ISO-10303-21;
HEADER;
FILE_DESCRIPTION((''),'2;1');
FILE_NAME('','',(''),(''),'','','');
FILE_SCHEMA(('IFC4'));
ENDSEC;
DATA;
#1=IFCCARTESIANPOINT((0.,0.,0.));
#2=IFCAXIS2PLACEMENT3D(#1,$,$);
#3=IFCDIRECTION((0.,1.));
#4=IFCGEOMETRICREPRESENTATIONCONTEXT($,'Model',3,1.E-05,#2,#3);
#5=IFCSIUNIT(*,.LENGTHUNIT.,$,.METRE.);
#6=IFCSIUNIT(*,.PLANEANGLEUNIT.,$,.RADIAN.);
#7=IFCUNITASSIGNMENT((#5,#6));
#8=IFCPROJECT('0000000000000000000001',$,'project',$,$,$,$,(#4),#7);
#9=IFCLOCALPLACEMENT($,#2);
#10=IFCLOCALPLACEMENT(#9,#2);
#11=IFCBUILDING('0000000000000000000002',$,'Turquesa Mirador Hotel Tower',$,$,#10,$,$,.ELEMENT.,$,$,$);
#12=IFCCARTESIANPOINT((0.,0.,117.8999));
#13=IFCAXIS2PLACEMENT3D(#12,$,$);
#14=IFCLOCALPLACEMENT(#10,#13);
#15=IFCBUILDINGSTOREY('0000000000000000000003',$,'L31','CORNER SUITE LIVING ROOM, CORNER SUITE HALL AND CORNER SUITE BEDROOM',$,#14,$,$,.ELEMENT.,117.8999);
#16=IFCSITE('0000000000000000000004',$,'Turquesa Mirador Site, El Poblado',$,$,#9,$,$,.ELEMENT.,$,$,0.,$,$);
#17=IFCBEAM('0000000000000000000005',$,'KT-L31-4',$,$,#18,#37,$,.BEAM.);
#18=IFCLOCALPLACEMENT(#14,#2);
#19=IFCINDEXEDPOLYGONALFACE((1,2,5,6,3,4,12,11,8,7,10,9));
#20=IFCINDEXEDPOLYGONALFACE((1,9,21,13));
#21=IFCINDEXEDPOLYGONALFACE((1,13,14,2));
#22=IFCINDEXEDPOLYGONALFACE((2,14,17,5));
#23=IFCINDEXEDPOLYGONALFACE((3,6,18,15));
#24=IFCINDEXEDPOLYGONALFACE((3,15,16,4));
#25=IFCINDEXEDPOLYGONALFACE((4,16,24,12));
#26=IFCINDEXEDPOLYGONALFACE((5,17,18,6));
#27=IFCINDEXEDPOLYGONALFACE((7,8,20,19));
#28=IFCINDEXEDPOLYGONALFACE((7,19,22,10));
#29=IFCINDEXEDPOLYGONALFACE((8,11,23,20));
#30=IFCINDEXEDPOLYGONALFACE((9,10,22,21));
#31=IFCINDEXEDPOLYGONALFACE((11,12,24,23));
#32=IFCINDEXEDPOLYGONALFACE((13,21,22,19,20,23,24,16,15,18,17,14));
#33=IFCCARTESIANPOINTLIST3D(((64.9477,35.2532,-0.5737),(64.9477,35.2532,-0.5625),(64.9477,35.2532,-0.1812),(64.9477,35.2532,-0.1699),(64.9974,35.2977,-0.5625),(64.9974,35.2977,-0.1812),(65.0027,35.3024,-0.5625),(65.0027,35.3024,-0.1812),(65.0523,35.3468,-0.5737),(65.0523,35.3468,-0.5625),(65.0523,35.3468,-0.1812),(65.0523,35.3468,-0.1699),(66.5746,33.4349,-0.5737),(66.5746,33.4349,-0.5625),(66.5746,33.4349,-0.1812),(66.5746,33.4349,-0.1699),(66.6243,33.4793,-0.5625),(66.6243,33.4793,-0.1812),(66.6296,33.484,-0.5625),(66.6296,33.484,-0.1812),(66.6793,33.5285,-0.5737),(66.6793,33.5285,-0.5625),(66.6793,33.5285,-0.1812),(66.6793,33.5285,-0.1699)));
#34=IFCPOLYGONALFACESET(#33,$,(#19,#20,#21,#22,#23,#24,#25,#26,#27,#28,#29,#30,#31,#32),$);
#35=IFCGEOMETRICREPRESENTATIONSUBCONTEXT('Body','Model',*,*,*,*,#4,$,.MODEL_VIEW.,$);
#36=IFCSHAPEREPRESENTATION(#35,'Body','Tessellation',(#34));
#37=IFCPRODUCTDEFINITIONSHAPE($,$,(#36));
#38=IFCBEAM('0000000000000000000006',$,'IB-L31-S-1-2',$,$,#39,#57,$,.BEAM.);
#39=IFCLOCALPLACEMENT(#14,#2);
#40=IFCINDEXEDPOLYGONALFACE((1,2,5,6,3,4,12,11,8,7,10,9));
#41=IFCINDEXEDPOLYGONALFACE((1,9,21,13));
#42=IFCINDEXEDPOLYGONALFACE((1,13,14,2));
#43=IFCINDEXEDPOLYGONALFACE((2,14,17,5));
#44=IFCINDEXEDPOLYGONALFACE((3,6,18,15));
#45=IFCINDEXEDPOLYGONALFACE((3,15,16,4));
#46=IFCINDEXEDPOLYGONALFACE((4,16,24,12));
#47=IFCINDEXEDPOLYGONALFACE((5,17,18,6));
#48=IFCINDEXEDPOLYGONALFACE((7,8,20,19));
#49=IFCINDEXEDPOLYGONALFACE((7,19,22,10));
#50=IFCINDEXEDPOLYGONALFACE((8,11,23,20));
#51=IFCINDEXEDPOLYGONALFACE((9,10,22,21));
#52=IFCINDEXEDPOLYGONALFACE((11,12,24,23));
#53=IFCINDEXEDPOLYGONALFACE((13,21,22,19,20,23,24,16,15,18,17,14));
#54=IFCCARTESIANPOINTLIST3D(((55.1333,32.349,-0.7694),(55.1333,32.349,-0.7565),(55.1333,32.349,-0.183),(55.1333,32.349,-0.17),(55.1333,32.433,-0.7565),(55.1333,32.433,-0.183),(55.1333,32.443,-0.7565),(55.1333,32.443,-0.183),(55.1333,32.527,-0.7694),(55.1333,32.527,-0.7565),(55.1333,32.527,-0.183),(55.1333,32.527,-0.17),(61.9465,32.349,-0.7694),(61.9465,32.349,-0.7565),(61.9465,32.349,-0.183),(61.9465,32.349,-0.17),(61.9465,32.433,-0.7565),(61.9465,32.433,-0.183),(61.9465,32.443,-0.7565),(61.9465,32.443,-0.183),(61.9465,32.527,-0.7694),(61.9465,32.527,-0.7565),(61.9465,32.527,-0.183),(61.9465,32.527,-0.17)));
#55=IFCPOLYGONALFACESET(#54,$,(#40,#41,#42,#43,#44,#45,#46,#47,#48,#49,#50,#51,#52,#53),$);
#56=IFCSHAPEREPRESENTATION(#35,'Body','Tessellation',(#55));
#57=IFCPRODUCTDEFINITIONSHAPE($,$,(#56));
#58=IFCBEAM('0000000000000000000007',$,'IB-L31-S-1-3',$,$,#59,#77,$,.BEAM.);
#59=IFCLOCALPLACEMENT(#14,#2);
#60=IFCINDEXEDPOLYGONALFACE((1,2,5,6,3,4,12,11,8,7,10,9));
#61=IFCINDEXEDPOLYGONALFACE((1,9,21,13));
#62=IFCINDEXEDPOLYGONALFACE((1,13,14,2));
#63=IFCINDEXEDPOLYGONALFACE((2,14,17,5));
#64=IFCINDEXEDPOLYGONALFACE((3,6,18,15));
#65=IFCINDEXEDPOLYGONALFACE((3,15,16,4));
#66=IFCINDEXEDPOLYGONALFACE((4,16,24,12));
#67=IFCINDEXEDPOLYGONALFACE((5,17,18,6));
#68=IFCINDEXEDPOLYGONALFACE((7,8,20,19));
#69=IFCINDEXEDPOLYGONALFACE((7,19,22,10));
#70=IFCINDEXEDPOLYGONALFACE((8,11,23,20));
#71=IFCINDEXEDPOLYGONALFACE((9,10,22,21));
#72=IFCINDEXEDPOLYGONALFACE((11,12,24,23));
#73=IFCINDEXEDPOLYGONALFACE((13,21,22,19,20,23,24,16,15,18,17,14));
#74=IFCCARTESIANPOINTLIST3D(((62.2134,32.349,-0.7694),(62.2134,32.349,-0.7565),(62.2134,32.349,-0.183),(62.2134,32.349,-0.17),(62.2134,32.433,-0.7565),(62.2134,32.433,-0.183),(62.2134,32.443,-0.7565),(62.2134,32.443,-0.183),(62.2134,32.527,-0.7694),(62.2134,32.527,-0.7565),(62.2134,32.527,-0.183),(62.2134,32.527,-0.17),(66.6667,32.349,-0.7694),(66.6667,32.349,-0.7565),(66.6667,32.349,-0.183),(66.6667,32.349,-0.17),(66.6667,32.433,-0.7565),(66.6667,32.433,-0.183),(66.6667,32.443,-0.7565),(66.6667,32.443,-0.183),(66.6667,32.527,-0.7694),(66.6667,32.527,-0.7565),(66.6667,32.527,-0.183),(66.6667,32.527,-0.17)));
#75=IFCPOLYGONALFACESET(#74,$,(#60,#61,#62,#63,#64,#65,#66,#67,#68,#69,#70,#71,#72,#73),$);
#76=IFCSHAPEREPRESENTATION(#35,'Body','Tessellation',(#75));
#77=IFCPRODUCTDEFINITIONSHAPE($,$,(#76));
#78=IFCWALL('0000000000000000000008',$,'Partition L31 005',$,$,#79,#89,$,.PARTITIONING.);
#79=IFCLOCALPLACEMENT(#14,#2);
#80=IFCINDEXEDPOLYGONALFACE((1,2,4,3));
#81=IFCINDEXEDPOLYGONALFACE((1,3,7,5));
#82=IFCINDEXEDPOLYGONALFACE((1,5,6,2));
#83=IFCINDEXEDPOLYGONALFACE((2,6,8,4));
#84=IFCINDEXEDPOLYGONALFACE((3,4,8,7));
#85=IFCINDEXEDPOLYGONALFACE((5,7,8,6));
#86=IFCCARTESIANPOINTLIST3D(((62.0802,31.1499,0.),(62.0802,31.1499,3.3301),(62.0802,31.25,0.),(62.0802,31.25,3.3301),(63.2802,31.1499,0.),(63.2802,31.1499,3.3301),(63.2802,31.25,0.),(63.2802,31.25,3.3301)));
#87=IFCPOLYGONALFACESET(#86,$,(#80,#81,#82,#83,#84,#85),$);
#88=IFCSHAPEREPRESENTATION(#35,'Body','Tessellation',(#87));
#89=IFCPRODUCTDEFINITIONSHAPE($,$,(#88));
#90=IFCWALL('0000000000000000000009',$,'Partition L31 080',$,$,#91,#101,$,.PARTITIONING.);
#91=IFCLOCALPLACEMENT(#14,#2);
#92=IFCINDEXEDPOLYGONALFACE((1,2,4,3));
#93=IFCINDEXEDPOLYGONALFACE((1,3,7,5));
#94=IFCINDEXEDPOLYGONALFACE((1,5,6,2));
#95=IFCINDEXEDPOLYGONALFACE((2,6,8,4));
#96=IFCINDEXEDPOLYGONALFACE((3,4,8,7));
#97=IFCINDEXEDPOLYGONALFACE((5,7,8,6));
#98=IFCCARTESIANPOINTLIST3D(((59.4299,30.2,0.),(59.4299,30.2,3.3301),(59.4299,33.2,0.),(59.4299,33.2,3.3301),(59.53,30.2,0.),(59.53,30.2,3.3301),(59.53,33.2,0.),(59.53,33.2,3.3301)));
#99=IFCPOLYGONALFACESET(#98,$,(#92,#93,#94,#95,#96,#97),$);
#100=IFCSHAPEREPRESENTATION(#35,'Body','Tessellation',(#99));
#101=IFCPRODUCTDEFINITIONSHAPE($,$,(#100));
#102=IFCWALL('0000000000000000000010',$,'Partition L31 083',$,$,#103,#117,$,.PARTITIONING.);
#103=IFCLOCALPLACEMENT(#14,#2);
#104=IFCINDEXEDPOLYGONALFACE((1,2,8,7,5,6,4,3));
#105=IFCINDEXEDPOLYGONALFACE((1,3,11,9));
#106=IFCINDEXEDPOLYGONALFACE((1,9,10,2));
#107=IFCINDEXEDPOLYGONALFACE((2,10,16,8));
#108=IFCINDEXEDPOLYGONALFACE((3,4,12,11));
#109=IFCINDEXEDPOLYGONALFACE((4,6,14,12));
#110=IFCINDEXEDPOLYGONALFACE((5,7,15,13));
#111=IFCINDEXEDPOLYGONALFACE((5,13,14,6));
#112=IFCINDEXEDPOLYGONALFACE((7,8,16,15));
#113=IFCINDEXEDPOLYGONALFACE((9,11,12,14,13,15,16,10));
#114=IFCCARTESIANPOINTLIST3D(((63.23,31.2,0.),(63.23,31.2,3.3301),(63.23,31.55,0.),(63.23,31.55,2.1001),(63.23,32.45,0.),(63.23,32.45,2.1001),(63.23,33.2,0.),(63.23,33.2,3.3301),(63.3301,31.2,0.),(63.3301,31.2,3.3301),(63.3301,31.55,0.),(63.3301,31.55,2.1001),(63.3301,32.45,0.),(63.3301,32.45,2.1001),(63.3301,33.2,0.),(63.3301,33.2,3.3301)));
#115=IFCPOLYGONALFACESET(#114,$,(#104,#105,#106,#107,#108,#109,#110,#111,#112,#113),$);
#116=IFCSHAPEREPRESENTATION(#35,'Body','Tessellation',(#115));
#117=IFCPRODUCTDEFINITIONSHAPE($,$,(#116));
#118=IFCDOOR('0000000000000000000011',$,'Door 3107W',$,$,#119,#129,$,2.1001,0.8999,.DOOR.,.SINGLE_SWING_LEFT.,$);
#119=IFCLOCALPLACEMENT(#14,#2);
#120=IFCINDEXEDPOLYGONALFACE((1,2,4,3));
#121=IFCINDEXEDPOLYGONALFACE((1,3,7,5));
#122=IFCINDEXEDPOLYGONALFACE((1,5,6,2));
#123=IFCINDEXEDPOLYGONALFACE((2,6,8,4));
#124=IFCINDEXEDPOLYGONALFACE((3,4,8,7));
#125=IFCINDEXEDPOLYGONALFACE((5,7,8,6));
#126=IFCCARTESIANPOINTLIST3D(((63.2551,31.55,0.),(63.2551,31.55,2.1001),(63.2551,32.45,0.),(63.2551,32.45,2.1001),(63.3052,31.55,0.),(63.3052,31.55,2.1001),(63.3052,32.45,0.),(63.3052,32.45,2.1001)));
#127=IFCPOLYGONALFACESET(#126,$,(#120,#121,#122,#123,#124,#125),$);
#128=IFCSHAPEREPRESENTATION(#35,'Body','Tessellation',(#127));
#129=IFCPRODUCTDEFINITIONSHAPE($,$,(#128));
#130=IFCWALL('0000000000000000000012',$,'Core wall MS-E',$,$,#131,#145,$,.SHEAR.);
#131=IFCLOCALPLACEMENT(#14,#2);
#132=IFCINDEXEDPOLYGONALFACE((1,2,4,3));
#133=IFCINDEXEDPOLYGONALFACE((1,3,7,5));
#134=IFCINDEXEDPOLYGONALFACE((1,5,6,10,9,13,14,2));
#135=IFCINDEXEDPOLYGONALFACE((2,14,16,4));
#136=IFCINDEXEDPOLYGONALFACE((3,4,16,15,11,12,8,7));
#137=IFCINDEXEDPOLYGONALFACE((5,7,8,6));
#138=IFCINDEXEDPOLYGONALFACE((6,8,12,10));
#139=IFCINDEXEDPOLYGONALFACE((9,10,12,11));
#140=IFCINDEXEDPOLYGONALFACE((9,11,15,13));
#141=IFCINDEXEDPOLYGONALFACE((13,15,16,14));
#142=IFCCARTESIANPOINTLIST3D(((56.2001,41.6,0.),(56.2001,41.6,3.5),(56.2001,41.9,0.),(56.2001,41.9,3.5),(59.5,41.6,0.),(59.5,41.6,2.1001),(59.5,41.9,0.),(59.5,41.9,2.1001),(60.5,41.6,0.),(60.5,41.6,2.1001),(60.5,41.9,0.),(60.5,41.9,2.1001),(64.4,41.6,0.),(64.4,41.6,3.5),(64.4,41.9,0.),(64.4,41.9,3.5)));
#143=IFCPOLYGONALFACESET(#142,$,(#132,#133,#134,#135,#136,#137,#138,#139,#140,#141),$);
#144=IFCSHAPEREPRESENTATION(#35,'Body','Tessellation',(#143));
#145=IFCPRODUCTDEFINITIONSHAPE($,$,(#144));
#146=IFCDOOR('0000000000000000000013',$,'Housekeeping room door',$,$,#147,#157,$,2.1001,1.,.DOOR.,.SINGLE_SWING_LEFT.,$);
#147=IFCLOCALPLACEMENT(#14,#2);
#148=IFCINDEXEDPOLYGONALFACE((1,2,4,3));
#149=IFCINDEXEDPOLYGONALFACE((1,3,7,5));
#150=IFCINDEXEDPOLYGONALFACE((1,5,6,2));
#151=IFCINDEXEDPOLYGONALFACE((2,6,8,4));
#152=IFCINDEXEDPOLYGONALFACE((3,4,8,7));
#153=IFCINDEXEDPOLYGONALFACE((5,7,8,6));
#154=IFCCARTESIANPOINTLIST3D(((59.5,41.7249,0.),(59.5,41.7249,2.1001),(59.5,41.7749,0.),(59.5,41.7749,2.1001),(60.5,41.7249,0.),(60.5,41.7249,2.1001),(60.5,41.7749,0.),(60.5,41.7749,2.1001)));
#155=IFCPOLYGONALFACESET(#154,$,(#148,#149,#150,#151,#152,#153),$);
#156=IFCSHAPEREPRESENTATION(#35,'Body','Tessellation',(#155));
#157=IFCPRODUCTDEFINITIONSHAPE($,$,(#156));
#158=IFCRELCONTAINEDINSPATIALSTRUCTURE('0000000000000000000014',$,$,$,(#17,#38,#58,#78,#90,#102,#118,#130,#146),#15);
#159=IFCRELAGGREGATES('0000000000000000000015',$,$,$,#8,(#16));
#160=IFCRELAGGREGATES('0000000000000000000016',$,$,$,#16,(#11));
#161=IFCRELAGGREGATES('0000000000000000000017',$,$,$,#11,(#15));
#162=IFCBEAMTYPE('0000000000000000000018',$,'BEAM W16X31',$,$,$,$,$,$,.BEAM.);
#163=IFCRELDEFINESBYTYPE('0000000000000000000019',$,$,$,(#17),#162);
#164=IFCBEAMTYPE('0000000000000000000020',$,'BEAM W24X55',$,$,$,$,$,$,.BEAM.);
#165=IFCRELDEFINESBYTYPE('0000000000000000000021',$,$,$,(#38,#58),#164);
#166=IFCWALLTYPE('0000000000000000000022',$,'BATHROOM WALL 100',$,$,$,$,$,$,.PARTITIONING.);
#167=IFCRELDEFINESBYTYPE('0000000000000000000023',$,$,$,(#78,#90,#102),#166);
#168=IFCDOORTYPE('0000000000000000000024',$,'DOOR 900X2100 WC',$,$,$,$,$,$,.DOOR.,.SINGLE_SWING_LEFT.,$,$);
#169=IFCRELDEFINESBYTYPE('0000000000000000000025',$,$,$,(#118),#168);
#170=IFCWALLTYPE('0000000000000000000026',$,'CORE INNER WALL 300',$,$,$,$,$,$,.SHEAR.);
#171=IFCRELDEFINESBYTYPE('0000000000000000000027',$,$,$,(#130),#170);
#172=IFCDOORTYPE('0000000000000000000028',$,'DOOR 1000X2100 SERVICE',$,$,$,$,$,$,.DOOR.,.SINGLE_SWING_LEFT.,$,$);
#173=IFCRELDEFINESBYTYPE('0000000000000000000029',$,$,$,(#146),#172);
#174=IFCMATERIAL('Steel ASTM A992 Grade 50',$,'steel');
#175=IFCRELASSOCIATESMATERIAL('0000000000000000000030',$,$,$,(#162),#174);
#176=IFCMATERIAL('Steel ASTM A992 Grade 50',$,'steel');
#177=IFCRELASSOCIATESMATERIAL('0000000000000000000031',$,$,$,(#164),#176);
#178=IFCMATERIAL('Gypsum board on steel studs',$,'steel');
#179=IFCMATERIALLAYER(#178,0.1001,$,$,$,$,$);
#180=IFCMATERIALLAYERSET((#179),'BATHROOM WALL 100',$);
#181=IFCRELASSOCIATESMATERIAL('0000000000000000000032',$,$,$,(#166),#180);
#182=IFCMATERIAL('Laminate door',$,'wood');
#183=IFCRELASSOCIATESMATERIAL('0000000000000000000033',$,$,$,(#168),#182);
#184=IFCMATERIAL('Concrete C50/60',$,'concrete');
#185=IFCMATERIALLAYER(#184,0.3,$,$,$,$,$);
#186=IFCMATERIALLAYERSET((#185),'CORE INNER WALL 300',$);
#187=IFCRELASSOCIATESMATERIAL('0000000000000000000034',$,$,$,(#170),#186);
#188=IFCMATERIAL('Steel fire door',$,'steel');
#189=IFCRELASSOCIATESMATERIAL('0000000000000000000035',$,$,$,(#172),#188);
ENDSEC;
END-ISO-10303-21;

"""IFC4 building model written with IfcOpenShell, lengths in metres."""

from ifc_helpers import new_model, si_unit, direction, frame, frame_2d, origin, origin_2d, place, context, subcontext, project, spatial, rectangle, i_section, extrude, material, layer, layer_set, material_profile, profile_set, type_object, element, fill, save


model = new_model("IFC4")

# Units and contexts
model_context = context("Model", 3, precision=1e-05, world=origin(), true_north=direction((0.0, 1.0)))
body_context = subcontext(model_context, "Body", "Model", "MODEL_VIEW")
ifc_project = project(units=[si_unit("LENGTHUNIT", "METRE"), si_unit("PLANEANGLEUNIT", "RADIAN")], contexts=[model_context])

# Site, building, storey
site_placement = place(None, origin())
site = spatial("IfcSite", under=ifc_project, at=site_placement, Name="Turquesa Mirador Site, El Poblado", CompositionType="ELEMENT", RefElevation=0.0)
building_placement = place(site_placement, origin())
building = spatial("IfcBuilding", under=site, at=building_placement, Name="Turquesa Mirador Hotel Tower", CompositionType="ELEMENT")
storey_placement = place(building_placement, frame((0.0, 0.0, 117.8999)))
storey = spatial("IfcBuildingStorey", under=building, at=storey_placement, Name="L31", Description="CORNER SUITE LIVING ROOM, CORNER SUITE HALL AND CORNER SUITE BEDROOM", CompositionType="ELEMENT", Elevation=117.8999)

# Beams
ifc_material_1 = material(Name="Steel ASTM A992 Grade 50", Category="steel")
ifc_material_profile_1 = material_profile(ifc_material_1, i_section(OverallWidth=0.1404, OverallDepth=0.4038, WebThickness=0.0071, FlangeThickness=0.0112, at=origin_2d()), Name="W16X31")
ifc_profile_set_1 = profile_set([ifc_material_profile_1], Name="Steel ASTM A992 Grade 50")
beam_type_1 = type_object("IfcBeamType", Name="BEAM W16X31", PredefinedType="BEAM", material=ifc_profile_set_1)
beam_1_placement = place(storey_placement, frame((66.627, 33.4817, -0.3718), z_axis=(-0.666795, 0.745241, 0.0), x_axis=(-0.745241, -0.666795, 0.0)))
element("IfcBeam", 1, at=beam_1_placement, inside=storey, type_object=beam_type_1, Name="KT-L31-4", PredefinedType="BEAM", context=body_context, shape_type="SweptSolid", body=[
    extrude(i_section(OverallWidth=0.1404, OverallDepth=0.4038, WebThickness=0.0071, FlangeThickness=0.0112, at=origin_2d()), origin(), (0.0, 0.0, 1.0), 2.4399),
])
ifc_material_2 = material(Name="Steel ASTM A992 Grade 50", Category="steel")
ifc_material_profile_2 = material_profile(ifc_material_2, i_section(OverallWidth=0.178, OverallDepth=0.5994, WebThickness=0.01, FlangeThickness=0.0129, at=origin_2d()), Name="W24X55")
ifc_profile_set_2 = profile_set([ifc_material_profile_2], Name="Steel ASTM A992 Grade 50")
beam_type_2 = type_object("IfcBeamType", Name="BEAM W24X55", PredefinedType="BEAM", material=ifc_profile_set_2)
beam_2_placement = place(storey_placement, frame((55.1333, 32.438, -0.4697), z_axis=(1.0, 0.0, 0.0), x_axis=(0.0, 1.0, 0.0)))
element("IfcBeam", 2, at=beam_2_placement, inside=storey, type_object=beam_type_2, Name="IB-L31-S-1-2", PredefinedType="BEAM", context=body_context, shape_type="SweptSolid", body=[
    extrude(i_section(OverallWidth=0.178, OverallDepth=0.5994, WebThickness=0.01, FlangeThickness=0.0129, at=origin_2d()), origin(), (0.0, 0.0, 1.0), 6.8132),
])
beam_3_placement = place(storey_placement, frame((62.2134, 32.438, -0.4697), z_axis=(1.0, 0.0, 0.0), x_axis=(0.0, 1.0, 0.0)))
element("IfcBeam", 3, at=beam_3_placement, inside=storey, type_object=beam_type_2, Name="IB-L31-S-1-3", PredefinedType="BEAM", context=body_context, shape_type="SweptSolid", body=[
    extrude(i_section(OverallWidth=0.178, OverallDepth=0.5994, WebThickness=0.01, FlangeThickness=0.0129, at=origin_2d()), origin(), (0.0, 0.0, 1.0), 4.4534),
])

# Walls
ifc_material_3 = material(Name="Gypsum board on steel studs", Category="steel")
ifc_layer_1 = layer(ifc_material_3, 0.1001)
ifc_layer_set_1 = layer_set([ifc_layer_1], Name="BATHROOM WALL 100")
wall_type_1 = type_object("IfcWallType", Name="BATHROOM WALL 100", PredefinedType="PARTITIONING", material=ifc_layer_set_1)
wall_1_placement = place(storey_placement, frame((62.0801, 31.2, 0.0), z_axis=(0.0, 0.0, 1.0), x_axis=(1.0, 0.0, 0.0)))
element("IfcWall", 4, at=wall_1_placement, inside=storey, type_object=wall_type_1, Name="Partition L31 005", PredefinedType="PARTITIONING", context=body_context, shape_type="SweptSolid", body=[
    extrude(rectangle(XDim=1.2, YDim=0.1001, at=frame_2d((0.6001, 0.0))), origin(), (0.0, 0.0, 1.0), 3.3301),
])
wall_2_placement = place(storey_placement, frame((59.48, 30.2, 0.0), z_axis=(0.0, 0.0, 1.0), x_axis=(0.0, 1.0, 0.0)))
element("IfcWall", 5, at=wall_2_placement, inside=storey, type_object=wall_type_1, Name="Partition L31 080", PredefinedType="PARTITIONING", context=body_context, shape_type="SweptSolid", body=[
    extrude(rectangle(XDim=3.0, YDim=0.1001, at=frame_2d((1.5, 0.0))), origin(), (0.0, 0.0, 1.0), 3.3301),
])

# Walls, openings, doors
wall_3_placement = place(storey_placement, frame((63.28, 31.2, 0.0), z_axis=(0.0, 0.0, 1.0), x_axis=(0.0, 1.0, 0.0)))
wall_3 = element("IfcWall", 6, at=wall_3_placement, inside=storey, type_object=wall_type_1, Name="Partition L31 083", PredefinedType="PARTITIONING", context=body_context, shape_type="SweptSolid", body=[
    extrude(rectangle(XDim=2.0, YDim=0.1001, at=frame_2d((1.0, 0.0))), origin(), (0.0, 0.0, 1.0), 3.3301),
])
opening_1_placement = place(wall_3_placement, frame((0.3501, 0.0, 0.0)))
opening_1 = element("IfcOpeningElement", 7, at=opening_1_placement, cuts=wall_3, PredefinedType="OPENING", context=body_context, shape_type="SweptSolid", body=[
    extrude(rectangle(XDim=0.8999, YDim=2.1001, at=frame_2d((0.45, 1.05))), frame((0.0, 0.0601, 0.0), z_axis=(0.0, -1.0, 0.0), x_axis=(1.0, 0.0, 0.0)), (0.0, 0.0, 1.0), 0.1201),
])
ifc_material_4 = material(Name="Laminate door", Category="wood")
door_type_1 = type_object("IfcDoorType", Name="DOOR 900X2100 WC", OperationType="SINGLE_SWING_LEFT", PredefinedType="DOOR", material=ifc_material_4)
door_1_placement = place(opening_1_placement, origin())
door_1 = element("IfcDoor", 8, at=door_1_placement, inside=storey, type_object=door_type_1, Name="Door 3107W", OperationType="SINGLE_SWING_LEFT", OverallHeight=2.1001, OverallWidth=0.8999, PredefinedType="DOOR", context=body_context, shape_type="SweptSolid", body=[
    extrude(rectangle(XDim=0.8999, YDim=2.1001, at=frame_2d((0.45, 1.05))), frame((0.0, 0.0249, 0.0), z_axis=(0.0, -1.0, 0.0), x_axis=(1.0, 0.0, 0.0)), (0.0, 0.0, 1.0), 0.05),
])
fill(opening_1, door_1)
ifc_material_5 = material(Name="Concrete C50/60", Category="concrete")
ifc_layer_2 = layer(ifc_material_5, 0.3)
ifc_layer_set_2 = layer_set([ifc_layer_2], Name="CORE INNER WALL 300")
wall_type_2 = type_object("IfcWallType", Name="CORE INNER WALL 300", PredefinedType="SHEAR", material=ifc_layer_set_2)
wall_4_placement = place(storey_placement, frame((56.2, 41.75, 0.0), z_axis=(0.0, 0.0, 1.0), x_axis=(1.0, 0.0, 0.0)))
wall_4 = element("IfcWall", 9, at=wall_4_placement, inside=storey, type_object=wall_type_2, Name="Core wall MS-E", PredefinedType="SHEAR", context=body_context, shape_type="SweptSolid", body=[
    extrude(rectangle(XDim=8.2, YDim=0.3, at=frame_2d((4.1001, 0.0))), origin(), (0.0, 0.0, 1.0), 3.5),
])
opening_2_placement = place(wall_4_placement, frame((3.3, 0.0, 0.0)))
opening_2 = element("IfcOpeningElement", 10, at=opening_2_placement, cuts=wall_4, PredefinedType="OPENING", context=body_context, shape_type="SweptSolid", body=[
    extrude(rectangle(XDim=1.0, YDim=2.1001, at=frame_2d((0.5, 1.05))), frame((0.0, 0.1599, 0.0), z_axis=(0.0, -1.0, 0.0), x_axis=(1.0, 0.0, 0.0)), (0.0, 0.0, 1.0), 0.3201),
])
ifc_material_6 = material(Name="Steel fire door", Category="steel")
door_type_2 = type_object("IfcDoorType", Name="DOOR 1000X2100 SERVICE", OperationType="SINGLE_SWING_LEFT", PredefinedType="DOOR", material=ifc_material_6)
door_2_placement = place(opening_2_placement, origin())
door_2 = element("IfcDoor", 11, at=door_2_placement, inside=storey, type_object=door_type_2, Name="Housekeeping room door", OperationType="SINGLE_SWING_LEFT", OverallHeight=2.1001, OverallWidth=1.0, PredefinedType="DOOR", context=body_context, shape_type="SweptSolid", body=[
    extrude(rectangle(XDim=1.0, YDim=2.1001, at=frame_2d((0.5, 1.05))), frame((0.0, 0.0249, 0.0), z_axis=(0.0, -1.0, 0.0), x_axis=(1.0, 0.0, 0.0)), (0.0, 0.0, 1.0), 0.05),
])
fill(opening_2, door_2)

save(model, "model.ifc")
